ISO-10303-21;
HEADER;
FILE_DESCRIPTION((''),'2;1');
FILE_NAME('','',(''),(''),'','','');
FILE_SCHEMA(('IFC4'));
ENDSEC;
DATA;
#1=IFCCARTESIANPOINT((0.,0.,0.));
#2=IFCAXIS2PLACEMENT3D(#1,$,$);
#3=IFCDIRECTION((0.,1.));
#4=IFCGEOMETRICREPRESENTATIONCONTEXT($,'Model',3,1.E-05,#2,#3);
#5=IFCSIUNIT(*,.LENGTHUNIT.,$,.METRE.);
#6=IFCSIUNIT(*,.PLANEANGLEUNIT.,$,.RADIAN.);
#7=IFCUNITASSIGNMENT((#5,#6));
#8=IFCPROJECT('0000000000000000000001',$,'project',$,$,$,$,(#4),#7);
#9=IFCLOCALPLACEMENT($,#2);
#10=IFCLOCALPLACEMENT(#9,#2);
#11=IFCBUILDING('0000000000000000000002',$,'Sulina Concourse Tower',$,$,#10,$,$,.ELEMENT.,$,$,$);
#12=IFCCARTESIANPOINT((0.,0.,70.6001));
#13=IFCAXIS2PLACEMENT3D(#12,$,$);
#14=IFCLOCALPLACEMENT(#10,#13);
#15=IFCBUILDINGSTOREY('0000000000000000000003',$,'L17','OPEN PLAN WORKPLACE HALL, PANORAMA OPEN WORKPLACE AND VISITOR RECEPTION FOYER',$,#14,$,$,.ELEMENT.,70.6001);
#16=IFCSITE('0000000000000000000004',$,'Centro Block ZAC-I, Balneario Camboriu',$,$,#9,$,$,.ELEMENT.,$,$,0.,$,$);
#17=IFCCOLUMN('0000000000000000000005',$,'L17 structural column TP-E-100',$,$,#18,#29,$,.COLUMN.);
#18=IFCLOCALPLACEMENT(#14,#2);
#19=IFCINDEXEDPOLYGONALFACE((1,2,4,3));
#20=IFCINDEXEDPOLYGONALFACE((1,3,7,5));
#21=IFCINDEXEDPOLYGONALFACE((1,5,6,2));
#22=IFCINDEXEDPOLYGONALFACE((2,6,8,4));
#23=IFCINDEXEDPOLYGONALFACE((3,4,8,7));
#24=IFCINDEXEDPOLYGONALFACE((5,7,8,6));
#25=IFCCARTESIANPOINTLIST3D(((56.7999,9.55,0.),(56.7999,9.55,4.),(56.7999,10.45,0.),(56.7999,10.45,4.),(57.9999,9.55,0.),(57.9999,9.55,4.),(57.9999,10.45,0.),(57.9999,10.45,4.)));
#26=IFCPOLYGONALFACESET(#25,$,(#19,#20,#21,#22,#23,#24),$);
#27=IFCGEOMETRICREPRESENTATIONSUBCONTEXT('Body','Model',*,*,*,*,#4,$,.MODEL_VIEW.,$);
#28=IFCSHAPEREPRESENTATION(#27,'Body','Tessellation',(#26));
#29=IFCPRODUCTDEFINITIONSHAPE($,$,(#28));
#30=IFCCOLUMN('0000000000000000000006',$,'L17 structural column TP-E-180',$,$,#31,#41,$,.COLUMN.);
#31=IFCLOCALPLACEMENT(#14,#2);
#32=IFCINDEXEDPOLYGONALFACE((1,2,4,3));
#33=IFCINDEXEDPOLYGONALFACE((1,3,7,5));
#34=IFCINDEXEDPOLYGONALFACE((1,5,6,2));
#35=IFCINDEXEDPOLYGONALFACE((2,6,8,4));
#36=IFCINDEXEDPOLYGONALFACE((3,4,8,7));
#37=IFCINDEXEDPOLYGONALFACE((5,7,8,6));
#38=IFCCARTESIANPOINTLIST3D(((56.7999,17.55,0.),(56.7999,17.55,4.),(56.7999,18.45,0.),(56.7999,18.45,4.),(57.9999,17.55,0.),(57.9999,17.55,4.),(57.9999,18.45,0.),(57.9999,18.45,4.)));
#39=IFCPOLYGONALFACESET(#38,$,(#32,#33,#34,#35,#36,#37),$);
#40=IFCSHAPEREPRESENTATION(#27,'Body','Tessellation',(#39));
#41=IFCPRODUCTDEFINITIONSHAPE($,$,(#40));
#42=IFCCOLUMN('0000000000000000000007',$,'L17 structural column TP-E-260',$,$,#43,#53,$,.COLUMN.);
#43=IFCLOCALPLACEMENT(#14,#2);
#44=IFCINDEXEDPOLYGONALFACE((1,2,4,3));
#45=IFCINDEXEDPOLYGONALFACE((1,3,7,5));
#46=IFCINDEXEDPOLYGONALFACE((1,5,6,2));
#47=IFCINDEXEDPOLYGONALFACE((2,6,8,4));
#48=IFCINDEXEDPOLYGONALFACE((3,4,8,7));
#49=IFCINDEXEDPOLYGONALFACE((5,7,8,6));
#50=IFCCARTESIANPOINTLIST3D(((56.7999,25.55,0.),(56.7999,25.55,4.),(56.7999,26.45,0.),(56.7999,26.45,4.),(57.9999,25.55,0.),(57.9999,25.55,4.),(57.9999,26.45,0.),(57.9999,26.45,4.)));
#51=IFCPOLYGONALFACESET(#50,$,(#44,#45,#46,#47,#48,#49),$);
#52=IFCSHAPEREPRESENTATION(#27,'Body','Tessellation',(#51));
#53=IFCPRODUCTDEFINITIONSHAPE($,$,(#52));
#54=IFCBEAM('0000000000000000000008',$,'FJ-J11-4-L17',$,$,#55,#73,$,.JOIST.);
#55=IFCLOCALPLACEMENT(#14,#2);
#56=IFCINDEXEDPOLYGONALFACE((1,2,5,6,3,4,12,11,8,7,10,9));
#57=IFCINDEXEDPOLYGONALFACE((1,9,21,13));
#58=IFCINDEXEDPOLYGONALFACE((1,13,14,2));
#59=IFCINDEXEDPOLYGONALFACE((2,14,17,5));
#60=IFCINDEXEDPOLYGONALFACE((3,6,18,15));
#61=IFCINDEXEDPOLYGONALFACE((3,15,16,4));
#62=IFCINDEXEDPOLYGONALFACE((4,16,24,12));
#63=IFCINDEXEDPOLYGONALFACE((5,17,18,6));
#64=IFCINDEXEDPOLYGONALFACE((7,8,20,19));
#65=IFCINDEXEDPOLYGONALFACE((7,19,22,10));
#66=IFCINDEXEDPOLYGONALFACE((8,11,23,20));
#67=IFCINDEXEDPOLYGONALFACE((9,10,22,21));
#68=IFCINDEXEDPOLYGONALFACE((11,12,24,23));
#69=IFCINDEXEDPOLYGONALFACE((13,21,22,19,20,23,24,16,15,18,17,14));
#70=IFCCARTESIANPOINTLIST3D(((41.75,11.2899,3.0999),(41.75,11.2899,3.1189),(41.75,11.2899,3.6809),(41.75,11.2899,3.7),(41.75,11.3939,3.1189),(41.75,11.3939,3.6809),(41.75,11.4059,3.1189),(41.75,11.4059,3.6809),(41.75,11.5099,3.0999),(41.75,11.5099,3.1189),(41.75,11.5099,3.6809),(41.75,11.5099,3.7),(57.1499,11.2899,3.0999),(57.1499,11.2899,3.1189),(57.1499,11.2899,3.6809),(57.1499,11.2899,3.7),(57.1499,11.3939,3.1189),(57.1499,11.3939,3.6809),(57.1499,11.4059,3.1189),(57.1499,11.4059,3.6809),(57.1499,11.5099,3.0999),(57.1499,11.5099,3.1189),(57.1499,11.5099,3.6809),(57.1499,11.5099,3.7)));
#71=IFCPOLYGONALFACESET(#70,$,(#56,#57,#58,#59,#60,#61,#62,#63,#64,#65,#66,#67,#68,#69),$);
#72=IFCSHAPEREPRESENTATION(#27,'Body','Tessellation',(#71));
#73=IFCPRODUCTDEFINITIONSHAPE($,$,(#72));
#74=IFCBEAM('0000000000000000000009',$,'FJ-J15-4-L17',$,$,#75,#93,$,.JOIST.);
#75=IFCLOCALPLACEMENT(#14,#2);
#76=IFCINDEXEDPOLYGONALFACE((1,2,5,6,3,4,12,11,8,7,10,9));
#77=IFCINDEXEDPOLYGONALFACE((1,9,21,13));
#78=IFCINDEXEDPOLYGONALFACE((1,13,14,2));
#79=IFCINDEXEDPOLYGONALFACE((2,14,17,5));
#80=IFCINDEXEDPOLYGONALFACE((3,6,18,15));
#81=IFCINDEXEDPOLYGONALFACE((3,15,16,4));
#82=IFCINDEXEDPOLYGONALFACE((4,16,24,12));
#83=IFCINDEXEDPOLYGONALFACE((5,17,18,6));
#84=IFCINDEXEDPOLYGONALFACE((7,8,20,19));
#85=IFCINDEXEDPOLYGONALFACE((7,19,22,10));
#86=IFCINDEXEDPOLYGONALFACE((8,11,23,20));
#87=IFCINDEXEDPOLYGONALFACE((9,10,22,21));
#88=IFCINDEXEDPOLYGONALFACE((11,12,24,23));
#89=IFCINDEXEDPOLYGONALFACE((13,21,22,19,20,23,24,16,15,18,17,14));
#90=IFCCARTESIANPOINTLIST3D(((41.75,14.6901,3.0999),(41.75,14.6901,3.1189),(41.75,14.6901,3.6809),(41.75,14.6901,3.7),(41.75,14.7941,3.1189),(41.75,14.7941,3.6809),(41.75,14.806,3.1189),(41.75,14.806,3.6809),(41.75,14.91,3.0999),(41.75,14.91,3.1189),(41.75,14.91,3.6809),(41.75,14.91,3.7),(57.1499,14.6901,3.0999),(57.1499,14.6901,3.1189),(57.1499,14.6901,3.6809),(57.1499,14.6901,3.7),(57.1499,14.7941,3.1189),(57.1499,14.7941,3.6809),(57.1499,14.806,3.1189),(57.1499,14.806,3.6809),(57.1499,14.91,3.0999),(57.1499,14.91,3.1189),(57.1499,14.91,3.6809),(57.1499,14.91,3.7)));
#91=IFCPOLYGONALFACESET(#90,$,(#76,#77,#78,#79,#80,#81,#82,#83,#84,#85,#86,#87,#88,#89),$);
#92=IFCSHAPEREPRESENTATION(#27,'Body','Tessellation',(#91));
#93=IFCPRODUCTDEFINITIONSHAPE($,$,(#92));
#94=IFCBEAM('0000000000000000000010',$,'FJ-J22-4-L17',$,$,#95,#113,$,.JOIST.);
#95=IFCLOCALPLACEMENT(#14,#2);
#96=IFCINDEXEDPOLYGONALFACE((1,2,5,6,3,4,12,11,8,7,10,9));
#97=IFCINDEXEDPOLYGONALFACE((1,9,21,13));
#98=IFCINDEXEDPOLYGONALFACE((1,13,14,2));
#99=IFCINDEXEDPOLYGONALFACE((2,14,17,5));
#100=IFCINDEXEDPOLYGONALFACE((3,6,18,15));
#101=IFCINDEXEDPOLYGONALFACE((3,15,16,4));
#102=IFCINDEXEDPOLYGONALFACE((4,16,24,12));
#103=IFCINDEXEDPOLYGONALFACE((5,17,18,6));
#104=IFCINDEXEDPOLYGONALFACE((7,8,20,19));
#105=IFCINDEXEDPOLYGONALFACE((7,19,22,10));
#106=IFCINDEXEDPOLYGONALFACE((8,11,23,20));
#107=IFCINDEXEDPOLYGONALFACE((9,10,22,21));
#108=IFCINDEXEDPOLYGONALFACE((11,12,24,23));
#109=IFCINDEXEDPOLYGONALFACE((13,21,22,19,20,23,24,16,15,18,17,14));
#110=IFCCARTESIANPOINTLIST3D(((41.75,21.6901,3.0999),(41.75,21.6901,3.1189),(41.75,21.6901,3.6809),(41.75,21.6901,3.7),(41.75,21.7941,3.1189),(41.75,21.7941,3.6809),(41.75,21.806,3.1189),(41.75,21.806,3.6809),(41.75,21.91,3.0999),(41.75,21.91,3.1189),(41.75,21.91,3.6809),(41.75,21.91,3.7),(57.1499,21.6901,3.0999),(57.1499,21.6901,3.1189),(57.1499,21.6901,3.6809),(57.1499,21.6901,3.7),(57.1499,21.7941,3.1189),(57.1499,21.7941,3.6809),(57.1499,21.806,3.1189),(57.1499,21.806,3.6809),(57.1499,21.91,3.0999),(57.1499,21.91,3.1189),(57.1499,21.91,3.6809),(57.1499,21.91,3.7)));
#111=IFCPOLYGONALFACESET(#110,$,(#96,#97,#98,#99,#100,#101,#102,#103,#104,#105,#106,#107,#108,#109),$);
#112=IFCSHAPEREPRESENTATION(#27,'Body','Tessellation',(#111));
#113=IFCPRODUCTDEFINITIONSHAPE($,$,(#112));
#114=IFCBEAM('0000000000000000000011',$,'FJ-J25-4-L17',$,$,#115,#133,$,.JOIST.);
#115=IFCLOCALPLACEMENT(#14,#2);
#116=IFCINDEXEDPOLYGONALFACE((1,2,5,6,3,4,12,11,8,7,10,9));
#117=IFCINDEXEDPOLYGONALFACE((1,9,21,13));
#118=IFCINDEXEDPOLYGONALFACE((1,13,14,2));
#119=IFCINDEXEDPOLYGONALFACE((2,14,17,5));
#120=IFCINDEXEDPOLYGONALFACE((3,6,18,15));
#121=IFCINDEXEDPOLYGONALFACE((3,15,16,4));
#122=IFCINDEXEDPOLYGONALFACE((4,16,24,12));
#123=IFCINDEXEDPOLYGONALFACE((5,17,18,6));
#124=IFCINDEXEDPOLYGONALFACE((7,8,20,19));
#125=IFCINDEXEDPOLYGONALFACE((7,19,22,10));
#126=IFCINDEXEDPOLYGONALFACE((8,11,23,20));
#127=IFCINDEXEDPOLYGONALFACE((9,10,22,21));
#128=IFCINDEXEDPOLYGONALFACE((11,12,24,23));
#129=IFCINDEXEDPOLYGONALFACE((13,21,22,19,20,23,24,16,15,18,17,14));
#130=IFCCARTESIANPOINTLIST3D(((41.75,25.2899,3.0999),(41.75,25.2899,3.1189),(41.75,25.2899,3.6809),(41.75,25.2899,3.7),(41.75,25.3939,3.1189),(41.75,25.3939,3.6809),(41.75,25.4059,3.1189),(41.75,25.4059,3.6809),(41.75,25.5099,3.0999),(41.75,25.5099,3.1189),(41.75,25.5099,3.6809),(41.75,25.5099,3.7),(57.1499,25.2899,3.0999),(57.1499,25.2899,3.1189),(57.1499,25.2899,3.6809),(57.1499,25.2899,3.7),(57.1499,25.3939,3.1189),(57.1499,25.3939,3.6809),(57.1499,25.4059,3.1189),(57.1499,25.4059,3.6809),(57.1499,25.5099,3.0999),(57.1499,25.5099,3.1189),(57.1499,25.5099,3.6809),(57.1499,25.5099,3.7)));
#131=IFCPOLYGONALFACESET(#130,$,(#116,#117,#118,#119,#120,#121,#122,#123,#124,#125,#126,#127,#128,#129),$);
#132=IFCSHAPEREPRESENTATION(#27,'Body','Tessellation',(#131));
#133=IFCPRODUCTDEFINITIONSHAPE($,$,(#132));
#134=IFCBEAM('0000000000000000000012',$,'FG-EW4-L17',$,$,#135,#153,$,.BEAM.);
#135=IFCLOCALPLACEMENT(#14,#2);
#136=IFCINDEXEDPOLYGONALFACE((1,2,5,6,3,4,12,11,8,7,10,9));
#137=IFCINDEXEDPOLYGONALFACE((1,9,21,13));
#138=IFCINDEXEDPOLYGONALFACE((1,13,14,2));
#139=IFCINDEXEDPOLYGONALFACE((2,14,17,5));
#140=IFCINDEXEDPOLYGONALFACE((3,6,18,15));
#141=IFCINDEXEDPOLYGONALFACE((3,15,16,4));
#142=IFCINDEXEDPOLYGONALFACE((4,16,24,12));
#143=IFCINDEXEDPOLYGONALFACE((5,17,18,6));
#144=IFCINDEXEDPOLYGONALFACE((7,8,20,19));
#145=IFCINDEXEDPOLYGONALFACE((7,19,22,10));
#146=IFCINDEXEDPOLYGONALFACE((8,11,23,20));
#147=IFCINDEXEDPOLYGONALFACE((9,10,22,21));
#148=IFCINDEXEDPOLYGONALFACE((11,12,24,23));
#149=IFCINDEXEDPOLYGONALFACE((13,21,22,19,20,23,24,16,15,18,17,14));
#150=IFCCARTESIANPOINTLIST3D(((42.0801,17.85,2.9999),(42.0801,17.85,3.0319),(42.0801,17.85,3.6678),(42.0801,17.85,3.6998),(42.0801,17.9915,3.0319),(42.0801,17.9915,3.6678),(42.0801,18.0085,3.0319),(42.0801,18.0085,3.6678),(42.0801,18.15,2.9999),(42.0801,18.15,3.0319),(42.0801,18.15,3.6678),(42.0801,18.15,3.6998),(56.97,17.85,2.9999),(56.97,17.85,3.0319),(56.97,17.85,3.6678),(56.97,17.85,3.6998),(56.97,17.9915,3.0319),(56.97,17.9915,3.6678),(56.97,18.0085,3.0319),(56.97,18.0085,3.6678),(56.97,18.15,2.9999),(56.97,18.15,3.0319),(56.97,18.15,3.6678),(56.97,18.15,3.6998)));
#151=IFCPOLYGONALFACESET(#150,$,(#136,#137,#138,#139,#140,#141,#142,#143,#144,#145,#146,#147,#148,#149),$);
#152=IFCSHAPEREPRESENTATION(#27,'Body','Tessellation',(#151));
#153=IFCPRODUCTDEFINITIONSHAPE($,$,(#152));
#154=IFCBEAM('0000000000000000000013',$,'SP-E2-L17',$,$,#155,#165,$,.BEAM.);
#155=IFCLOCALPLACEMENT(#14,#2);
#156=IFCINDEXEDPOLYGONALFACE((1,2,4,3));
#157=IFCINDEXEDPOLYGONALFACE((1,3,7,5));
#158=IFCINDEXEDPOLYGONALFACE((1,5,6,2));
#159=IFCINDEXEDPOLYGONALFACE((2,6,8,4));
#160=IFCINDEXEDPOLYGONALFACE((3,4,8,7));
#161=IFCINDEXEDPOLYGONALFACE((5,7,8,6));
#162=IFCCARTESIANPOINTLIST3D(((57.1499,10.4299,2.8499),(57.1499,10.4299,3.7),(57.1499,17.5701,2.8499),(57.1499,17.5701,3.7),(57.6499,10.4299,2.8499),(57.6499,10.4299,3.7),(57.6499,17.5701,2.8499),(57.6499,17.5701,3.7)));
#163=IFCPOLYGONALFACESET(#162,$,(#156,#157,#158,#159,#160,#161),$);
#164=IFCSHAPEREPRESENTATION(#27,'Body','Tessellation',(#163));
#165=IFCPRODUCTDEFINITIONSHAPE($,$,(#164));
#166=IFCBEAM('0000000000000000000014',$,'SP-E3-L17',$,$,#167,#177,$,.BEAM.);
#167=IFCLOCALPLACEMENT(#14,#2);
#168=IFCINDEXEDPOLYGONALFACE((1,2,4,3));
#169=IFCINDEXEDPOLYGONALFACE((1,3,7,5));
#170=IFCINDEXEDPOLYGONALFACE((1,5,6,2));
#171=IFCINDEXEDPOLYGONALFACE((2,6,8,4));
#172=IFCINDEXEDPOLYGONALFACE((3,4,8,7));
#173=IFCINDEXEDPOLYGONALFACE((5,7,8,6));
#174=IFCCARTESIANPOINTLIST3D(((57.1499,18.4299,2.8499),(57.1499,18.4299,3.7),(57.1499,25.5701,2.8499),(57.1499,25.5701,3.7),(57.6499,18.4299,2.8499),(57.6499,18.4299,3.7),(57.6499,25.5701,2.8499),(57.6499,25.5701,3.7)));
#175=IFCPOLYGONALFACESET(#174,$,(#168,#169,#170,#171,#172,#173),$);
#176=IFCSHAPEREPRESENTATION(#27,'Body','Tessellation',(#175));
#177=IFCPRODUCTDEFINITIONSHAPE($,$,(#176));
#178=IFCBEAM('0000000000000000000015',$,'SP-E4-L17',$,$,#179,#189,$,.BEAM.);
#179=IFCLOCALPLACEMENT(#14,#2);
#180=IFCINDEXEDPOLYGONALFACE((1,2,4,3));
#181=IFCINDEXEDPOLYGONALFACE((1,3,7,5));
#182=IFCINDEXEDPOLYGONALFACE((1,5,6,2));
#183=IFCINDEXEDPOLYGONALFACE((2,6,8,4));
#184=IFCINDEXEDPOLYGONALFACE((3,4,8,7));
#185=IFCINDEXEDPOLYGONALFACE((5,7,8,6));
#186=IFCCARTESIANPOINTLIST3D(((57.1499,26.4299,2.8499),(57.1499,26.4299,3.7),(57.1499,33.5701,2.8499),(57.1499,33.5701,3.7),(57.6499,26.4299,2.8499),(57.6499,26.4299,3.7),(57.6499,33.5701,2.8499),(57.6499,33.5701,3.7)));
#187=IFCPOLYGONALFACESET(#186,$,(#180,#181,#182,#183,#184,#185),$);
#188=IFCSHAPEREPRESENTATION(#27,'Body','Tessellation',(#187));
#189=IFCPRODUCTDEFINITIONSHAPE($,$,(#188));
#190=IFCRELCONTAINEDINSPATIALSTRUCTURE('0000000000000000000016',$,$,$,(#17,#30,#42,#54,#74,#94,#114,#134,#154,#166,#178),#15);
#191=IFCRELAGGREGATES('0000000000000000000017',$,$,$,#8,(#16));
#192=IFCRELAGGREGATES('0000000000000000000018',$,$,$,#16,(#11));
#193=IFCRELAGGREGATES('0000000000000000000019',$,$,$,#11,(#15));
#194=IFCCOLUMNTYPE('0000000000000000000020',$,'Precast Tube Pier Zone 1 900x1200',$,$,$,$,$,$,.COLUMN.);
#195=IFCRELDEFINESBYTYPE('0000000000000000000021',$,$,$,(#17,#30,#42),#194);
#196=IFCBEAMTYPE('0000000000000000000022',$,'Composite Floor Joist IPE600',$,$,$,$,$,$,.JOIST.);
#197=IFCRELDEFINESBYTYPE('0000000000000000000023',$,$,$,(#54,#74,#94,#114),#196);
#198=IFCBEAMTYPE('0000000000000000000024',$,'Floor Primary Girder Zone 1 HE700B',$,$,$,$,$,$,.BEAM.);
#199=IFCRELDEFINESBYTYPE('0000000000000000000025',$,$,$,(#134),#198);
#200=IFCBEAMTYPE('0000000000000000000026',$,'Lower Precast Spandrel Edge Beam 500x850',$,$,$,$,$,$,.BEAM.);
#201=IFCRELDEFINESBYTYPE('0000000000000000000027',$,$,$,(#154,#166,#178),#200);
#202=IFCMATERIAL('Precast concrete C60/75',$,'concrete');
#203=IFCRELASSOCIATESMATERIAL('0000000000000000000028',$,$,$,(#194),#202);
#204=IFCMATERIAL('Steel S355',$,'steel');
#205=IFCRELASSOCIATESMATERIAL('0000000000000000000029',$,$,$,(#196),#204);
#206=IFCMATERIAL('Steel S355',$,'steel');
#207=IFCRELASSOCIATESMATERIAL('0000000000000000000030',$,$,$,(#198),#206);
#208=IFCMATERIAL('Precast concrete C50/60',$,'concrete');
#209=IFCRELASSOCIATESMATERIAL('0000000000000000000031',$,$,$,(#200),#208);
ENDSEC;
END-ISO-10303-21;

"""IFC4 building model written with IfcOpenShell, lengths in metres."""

from ifc_helpers import new_model, si_unit, direction, frame, origin, origin_2d, place, context, subcontext, project, spatial, rectangle, i_section, extrude, material, material_profile, profile_set, type_object, element, save


model = new_model("IFC4")

# Units and contexts
model_context = context("Model", 3, precision=1e-05, world=origin(), true_north=direction((0.0, 1.0)))
body_context = subcontext(model_context, "Body", "Model", "MODEL_VIEW")
ifc_project = project(units=[si_unit("LENGTHUNIT", "METRE"), si_unit("PLANEANGLEUNIT", "RADIAN")], contexts=[model_context])

# Site, building, storey
site_placement = place(None, origin())
site = spatial("IfcSite", under=ifc_project, at=site_placement, Name="Centro Block ZAC-I, Balneario Camboriu", CompositionType="ELEMENT", RefElevation=0.0)
building_placement = place(site_placement, origin())
building = spatial("IfcBuilding", under=site, at=building_placement, Name="Sulina Concourse Tower", CompositionType="ELEMENT")
storey_placement = place(building_placement, frame((0.0, 0.0, 70.6001)))
storey = spatial("IfcBuildingStorey", under=building, at=storey_placement, Name="L17", Description="OPEN PLAN WORKPLACE HALL, PANORAMA OPEN WORKPLACE AND VISITOR RECEPTION FOYER", CompositionType="ELEMENT", Elevation=70.6001)

# Columns
ifc_material_1 = material(Name="Precast concrete C60/75", Category="concrete")
ifc_material_profile_1 = material_profile(ifc_material_1, rectangle(XDim=0.8999, YDim=1.2, at=origin_2d()), Name="PC 900x1200")
ifc_profile_set_1 = profile_set([ifc_material_profile_1], Name="Precast concrete C60/75")
column_type = type_object("IfcColumnType", Name="Precast Tube Pier Zone 1 900x1200", PredefinedType="COLUMN", material=ifc_profile_set_1)
for number, where, z_axis, x_axis, name in (
    (1, (57.3999, 10.0, 0.0), (0.0, 0.0, 1.0), (0.0, 1.0, 0.0), "L17 structural column TP-E-100"),
    (2, (57.3999, 18.0, 0.0), (0.0, 0.0, 1.0), (0.0, 1.0, 0.0), "L17 structural column TP-E-180"),
    (3, (57.3999, 26.0, 0.0), (0.0, 0.0, 1.0), (0.0, 1.0, 0.0), "L17 structural column TP-E-260"),
):
    element("IfcColumn", number, at=place(storey_placement, frame(where, z_axis=z_axis, x_axis=x_axis)), inside=storey, type_object=column_type, Name=name, PredefinedType="COLUMN", context=body_context, shape_type="SweptSolid", body=[
        extrude(rectangle(XDim=0.8999, YDim=1.2, at=origin_2d()), origin(), (0.0, 0.0, 1.0), 4.0),
    ])

# Beams
ifc_material_2 = material(Name="Steel S355", Category="steel")
ifc_material_profile_2 = material_profile(ifc_material_2, i_section(OverallWidth=0.22, OverallDepth=0.6001, WebThickness=0.012, FlangeThickness=0.019, at=origin_2d()), Name="IPE 600")
ifc_profile_set_2 = profile_set([ifc_material_profile_2], Name="Steel S355")
beam_type_1 = type_object("IfcBeamType", Name="Composite Floor Joist IPE600", PredefinedType="JOIST", material=ifc_profile_set_2)
for number, where, z_axis, x_axis, name in (
    (4, (41.75, 11.3999, 3.3999), (1.0, 0.0, 0.0), (0.0, 1.0, 0.0), "FJ-J11-4-L17"),
    (5, (41.75, 14.8, 3.3999), (1.0, 0.0, 0.0), (0.0, 1.0, 0.0), "FJ-J15-4-L17"),
    (6, (41.75, 21.8, 3.3999), (1.0, 0.0, 0.0), (0.0, 1.0, 0.0), "FJ-J22-4-L17"),
    (7, (41.75, 25.3999, 3.3999), (1.0, 0.0, 0.0), (0.0, 1.0, 0.0), "FJ-J25-4-L17"),
):
    element("IfcBeam", number, at=place(storey_placement, frame(where, z_axis=z_axis, x_axis=x_axis)), inside=storey, type_object=beam_type_1, Name=name, PredefinedType="JOIST", context=body_context, shape_type="SweptSolid", body=[
        extrude(i_section(OverallWidth=0.22, OverallDepth=0.6001, WebThickness=0.012, FlangeThickness=0.019, at=origin_2d()), origin(), (0.0, 0.0, 1.0), 15.3999),
    ])
ifc_material_3 = material(Name="Steel S355", Category="steel")
ifc_material_profile_3 = material_profile(ifc_material_3, i_section(OverallWidth=0.3, OverallDepth=0.7, WebThickness=0.0171, FlangeThickness=0.032, at=origin_2d()), Name="HE 700 B")
ifc_profile_set_3 = profile_set([ifc_material_profile_3], Name="Steel S355")
beam_type_2 = type_object("IfcBeamType", Name="Floor Primary Girder Zone 1 HE700B", PredefinedType="BEAM", material=ifc_profile_set_3)
beam_placement = place(storey_placement, frame((42.0801, 18.0, 3.3499), z_axis=(1.0, 0.0, 0.0), x_axis=(0.0, 1.0, 0.0)))
element("IfcBeam", 8, at=beam_placement, inside=storey, type_object=beam_type_2, Name="FG-EW4-L17", PredefinedType="BEAM", context=body_context, shape_type="SweptSolid", body=[
    extrude(i_section(OverallWidth=0.3, OverallDepth=0.7, WebThickness=0.0171, FlangeThickness=0.032, at=origin_2d()), origin(), (0.0, 0.0, 1.0), 14.8899),
])
ifc_material_4 = material(Name="Precast concrete C50/60", Category="concrete")
ifc_material_profile_4 = material_profile(ifc_material_4, rectangle(XDim=0.5, YDim=0.8501, at=origin_2d()), Name="RC 500x850")
ifc_profile_set_4 = profile_set([ifc_material_profile_4], Name="Precast concrete C50/60")
beam_type_3 = type_object("IfcBeamType", Name="Lower Precast Spandrel Edge Beam 500x850", PredefinedType="BEAM", material=ifc_profile_set_4)
for number, where, z_axis, x_axis, name in (
    (9, (57.3999, 10.4299, 3.2749), (0.0, 1.0, 0.0), (-1.0, 0.0, 0.0), "SP-E2-L17"),
    (10, (57.3999, 18.4299, 3.2749), (0.0, 1.0, 0.0), (-1.0, 0.0, 0.0), "SP-E3-L17"),
    (11, (57.3999, 26.4299, 3.2749), (0.0, 1.0, 0.0), (-1.0, 0.0, 0.0), "SP-E4-L17"),
):
    element("IfcBeam", number, at=place(storey_placement, frame(where, z_axis=z_axis, x_axis=x_axis)), inside=storey, type_object=beam_type_3, Name=name, PredefinedType="BEAM", context=body_context, shape_type="SweptSolid", body=[
        extrude(rectangle(XDim=0.5, YDim=0.8501, at=origin_2d()), origin(), (0.0, 0.0, 1.0), 7.1401),
    ])

save(model, "model.ifc")
